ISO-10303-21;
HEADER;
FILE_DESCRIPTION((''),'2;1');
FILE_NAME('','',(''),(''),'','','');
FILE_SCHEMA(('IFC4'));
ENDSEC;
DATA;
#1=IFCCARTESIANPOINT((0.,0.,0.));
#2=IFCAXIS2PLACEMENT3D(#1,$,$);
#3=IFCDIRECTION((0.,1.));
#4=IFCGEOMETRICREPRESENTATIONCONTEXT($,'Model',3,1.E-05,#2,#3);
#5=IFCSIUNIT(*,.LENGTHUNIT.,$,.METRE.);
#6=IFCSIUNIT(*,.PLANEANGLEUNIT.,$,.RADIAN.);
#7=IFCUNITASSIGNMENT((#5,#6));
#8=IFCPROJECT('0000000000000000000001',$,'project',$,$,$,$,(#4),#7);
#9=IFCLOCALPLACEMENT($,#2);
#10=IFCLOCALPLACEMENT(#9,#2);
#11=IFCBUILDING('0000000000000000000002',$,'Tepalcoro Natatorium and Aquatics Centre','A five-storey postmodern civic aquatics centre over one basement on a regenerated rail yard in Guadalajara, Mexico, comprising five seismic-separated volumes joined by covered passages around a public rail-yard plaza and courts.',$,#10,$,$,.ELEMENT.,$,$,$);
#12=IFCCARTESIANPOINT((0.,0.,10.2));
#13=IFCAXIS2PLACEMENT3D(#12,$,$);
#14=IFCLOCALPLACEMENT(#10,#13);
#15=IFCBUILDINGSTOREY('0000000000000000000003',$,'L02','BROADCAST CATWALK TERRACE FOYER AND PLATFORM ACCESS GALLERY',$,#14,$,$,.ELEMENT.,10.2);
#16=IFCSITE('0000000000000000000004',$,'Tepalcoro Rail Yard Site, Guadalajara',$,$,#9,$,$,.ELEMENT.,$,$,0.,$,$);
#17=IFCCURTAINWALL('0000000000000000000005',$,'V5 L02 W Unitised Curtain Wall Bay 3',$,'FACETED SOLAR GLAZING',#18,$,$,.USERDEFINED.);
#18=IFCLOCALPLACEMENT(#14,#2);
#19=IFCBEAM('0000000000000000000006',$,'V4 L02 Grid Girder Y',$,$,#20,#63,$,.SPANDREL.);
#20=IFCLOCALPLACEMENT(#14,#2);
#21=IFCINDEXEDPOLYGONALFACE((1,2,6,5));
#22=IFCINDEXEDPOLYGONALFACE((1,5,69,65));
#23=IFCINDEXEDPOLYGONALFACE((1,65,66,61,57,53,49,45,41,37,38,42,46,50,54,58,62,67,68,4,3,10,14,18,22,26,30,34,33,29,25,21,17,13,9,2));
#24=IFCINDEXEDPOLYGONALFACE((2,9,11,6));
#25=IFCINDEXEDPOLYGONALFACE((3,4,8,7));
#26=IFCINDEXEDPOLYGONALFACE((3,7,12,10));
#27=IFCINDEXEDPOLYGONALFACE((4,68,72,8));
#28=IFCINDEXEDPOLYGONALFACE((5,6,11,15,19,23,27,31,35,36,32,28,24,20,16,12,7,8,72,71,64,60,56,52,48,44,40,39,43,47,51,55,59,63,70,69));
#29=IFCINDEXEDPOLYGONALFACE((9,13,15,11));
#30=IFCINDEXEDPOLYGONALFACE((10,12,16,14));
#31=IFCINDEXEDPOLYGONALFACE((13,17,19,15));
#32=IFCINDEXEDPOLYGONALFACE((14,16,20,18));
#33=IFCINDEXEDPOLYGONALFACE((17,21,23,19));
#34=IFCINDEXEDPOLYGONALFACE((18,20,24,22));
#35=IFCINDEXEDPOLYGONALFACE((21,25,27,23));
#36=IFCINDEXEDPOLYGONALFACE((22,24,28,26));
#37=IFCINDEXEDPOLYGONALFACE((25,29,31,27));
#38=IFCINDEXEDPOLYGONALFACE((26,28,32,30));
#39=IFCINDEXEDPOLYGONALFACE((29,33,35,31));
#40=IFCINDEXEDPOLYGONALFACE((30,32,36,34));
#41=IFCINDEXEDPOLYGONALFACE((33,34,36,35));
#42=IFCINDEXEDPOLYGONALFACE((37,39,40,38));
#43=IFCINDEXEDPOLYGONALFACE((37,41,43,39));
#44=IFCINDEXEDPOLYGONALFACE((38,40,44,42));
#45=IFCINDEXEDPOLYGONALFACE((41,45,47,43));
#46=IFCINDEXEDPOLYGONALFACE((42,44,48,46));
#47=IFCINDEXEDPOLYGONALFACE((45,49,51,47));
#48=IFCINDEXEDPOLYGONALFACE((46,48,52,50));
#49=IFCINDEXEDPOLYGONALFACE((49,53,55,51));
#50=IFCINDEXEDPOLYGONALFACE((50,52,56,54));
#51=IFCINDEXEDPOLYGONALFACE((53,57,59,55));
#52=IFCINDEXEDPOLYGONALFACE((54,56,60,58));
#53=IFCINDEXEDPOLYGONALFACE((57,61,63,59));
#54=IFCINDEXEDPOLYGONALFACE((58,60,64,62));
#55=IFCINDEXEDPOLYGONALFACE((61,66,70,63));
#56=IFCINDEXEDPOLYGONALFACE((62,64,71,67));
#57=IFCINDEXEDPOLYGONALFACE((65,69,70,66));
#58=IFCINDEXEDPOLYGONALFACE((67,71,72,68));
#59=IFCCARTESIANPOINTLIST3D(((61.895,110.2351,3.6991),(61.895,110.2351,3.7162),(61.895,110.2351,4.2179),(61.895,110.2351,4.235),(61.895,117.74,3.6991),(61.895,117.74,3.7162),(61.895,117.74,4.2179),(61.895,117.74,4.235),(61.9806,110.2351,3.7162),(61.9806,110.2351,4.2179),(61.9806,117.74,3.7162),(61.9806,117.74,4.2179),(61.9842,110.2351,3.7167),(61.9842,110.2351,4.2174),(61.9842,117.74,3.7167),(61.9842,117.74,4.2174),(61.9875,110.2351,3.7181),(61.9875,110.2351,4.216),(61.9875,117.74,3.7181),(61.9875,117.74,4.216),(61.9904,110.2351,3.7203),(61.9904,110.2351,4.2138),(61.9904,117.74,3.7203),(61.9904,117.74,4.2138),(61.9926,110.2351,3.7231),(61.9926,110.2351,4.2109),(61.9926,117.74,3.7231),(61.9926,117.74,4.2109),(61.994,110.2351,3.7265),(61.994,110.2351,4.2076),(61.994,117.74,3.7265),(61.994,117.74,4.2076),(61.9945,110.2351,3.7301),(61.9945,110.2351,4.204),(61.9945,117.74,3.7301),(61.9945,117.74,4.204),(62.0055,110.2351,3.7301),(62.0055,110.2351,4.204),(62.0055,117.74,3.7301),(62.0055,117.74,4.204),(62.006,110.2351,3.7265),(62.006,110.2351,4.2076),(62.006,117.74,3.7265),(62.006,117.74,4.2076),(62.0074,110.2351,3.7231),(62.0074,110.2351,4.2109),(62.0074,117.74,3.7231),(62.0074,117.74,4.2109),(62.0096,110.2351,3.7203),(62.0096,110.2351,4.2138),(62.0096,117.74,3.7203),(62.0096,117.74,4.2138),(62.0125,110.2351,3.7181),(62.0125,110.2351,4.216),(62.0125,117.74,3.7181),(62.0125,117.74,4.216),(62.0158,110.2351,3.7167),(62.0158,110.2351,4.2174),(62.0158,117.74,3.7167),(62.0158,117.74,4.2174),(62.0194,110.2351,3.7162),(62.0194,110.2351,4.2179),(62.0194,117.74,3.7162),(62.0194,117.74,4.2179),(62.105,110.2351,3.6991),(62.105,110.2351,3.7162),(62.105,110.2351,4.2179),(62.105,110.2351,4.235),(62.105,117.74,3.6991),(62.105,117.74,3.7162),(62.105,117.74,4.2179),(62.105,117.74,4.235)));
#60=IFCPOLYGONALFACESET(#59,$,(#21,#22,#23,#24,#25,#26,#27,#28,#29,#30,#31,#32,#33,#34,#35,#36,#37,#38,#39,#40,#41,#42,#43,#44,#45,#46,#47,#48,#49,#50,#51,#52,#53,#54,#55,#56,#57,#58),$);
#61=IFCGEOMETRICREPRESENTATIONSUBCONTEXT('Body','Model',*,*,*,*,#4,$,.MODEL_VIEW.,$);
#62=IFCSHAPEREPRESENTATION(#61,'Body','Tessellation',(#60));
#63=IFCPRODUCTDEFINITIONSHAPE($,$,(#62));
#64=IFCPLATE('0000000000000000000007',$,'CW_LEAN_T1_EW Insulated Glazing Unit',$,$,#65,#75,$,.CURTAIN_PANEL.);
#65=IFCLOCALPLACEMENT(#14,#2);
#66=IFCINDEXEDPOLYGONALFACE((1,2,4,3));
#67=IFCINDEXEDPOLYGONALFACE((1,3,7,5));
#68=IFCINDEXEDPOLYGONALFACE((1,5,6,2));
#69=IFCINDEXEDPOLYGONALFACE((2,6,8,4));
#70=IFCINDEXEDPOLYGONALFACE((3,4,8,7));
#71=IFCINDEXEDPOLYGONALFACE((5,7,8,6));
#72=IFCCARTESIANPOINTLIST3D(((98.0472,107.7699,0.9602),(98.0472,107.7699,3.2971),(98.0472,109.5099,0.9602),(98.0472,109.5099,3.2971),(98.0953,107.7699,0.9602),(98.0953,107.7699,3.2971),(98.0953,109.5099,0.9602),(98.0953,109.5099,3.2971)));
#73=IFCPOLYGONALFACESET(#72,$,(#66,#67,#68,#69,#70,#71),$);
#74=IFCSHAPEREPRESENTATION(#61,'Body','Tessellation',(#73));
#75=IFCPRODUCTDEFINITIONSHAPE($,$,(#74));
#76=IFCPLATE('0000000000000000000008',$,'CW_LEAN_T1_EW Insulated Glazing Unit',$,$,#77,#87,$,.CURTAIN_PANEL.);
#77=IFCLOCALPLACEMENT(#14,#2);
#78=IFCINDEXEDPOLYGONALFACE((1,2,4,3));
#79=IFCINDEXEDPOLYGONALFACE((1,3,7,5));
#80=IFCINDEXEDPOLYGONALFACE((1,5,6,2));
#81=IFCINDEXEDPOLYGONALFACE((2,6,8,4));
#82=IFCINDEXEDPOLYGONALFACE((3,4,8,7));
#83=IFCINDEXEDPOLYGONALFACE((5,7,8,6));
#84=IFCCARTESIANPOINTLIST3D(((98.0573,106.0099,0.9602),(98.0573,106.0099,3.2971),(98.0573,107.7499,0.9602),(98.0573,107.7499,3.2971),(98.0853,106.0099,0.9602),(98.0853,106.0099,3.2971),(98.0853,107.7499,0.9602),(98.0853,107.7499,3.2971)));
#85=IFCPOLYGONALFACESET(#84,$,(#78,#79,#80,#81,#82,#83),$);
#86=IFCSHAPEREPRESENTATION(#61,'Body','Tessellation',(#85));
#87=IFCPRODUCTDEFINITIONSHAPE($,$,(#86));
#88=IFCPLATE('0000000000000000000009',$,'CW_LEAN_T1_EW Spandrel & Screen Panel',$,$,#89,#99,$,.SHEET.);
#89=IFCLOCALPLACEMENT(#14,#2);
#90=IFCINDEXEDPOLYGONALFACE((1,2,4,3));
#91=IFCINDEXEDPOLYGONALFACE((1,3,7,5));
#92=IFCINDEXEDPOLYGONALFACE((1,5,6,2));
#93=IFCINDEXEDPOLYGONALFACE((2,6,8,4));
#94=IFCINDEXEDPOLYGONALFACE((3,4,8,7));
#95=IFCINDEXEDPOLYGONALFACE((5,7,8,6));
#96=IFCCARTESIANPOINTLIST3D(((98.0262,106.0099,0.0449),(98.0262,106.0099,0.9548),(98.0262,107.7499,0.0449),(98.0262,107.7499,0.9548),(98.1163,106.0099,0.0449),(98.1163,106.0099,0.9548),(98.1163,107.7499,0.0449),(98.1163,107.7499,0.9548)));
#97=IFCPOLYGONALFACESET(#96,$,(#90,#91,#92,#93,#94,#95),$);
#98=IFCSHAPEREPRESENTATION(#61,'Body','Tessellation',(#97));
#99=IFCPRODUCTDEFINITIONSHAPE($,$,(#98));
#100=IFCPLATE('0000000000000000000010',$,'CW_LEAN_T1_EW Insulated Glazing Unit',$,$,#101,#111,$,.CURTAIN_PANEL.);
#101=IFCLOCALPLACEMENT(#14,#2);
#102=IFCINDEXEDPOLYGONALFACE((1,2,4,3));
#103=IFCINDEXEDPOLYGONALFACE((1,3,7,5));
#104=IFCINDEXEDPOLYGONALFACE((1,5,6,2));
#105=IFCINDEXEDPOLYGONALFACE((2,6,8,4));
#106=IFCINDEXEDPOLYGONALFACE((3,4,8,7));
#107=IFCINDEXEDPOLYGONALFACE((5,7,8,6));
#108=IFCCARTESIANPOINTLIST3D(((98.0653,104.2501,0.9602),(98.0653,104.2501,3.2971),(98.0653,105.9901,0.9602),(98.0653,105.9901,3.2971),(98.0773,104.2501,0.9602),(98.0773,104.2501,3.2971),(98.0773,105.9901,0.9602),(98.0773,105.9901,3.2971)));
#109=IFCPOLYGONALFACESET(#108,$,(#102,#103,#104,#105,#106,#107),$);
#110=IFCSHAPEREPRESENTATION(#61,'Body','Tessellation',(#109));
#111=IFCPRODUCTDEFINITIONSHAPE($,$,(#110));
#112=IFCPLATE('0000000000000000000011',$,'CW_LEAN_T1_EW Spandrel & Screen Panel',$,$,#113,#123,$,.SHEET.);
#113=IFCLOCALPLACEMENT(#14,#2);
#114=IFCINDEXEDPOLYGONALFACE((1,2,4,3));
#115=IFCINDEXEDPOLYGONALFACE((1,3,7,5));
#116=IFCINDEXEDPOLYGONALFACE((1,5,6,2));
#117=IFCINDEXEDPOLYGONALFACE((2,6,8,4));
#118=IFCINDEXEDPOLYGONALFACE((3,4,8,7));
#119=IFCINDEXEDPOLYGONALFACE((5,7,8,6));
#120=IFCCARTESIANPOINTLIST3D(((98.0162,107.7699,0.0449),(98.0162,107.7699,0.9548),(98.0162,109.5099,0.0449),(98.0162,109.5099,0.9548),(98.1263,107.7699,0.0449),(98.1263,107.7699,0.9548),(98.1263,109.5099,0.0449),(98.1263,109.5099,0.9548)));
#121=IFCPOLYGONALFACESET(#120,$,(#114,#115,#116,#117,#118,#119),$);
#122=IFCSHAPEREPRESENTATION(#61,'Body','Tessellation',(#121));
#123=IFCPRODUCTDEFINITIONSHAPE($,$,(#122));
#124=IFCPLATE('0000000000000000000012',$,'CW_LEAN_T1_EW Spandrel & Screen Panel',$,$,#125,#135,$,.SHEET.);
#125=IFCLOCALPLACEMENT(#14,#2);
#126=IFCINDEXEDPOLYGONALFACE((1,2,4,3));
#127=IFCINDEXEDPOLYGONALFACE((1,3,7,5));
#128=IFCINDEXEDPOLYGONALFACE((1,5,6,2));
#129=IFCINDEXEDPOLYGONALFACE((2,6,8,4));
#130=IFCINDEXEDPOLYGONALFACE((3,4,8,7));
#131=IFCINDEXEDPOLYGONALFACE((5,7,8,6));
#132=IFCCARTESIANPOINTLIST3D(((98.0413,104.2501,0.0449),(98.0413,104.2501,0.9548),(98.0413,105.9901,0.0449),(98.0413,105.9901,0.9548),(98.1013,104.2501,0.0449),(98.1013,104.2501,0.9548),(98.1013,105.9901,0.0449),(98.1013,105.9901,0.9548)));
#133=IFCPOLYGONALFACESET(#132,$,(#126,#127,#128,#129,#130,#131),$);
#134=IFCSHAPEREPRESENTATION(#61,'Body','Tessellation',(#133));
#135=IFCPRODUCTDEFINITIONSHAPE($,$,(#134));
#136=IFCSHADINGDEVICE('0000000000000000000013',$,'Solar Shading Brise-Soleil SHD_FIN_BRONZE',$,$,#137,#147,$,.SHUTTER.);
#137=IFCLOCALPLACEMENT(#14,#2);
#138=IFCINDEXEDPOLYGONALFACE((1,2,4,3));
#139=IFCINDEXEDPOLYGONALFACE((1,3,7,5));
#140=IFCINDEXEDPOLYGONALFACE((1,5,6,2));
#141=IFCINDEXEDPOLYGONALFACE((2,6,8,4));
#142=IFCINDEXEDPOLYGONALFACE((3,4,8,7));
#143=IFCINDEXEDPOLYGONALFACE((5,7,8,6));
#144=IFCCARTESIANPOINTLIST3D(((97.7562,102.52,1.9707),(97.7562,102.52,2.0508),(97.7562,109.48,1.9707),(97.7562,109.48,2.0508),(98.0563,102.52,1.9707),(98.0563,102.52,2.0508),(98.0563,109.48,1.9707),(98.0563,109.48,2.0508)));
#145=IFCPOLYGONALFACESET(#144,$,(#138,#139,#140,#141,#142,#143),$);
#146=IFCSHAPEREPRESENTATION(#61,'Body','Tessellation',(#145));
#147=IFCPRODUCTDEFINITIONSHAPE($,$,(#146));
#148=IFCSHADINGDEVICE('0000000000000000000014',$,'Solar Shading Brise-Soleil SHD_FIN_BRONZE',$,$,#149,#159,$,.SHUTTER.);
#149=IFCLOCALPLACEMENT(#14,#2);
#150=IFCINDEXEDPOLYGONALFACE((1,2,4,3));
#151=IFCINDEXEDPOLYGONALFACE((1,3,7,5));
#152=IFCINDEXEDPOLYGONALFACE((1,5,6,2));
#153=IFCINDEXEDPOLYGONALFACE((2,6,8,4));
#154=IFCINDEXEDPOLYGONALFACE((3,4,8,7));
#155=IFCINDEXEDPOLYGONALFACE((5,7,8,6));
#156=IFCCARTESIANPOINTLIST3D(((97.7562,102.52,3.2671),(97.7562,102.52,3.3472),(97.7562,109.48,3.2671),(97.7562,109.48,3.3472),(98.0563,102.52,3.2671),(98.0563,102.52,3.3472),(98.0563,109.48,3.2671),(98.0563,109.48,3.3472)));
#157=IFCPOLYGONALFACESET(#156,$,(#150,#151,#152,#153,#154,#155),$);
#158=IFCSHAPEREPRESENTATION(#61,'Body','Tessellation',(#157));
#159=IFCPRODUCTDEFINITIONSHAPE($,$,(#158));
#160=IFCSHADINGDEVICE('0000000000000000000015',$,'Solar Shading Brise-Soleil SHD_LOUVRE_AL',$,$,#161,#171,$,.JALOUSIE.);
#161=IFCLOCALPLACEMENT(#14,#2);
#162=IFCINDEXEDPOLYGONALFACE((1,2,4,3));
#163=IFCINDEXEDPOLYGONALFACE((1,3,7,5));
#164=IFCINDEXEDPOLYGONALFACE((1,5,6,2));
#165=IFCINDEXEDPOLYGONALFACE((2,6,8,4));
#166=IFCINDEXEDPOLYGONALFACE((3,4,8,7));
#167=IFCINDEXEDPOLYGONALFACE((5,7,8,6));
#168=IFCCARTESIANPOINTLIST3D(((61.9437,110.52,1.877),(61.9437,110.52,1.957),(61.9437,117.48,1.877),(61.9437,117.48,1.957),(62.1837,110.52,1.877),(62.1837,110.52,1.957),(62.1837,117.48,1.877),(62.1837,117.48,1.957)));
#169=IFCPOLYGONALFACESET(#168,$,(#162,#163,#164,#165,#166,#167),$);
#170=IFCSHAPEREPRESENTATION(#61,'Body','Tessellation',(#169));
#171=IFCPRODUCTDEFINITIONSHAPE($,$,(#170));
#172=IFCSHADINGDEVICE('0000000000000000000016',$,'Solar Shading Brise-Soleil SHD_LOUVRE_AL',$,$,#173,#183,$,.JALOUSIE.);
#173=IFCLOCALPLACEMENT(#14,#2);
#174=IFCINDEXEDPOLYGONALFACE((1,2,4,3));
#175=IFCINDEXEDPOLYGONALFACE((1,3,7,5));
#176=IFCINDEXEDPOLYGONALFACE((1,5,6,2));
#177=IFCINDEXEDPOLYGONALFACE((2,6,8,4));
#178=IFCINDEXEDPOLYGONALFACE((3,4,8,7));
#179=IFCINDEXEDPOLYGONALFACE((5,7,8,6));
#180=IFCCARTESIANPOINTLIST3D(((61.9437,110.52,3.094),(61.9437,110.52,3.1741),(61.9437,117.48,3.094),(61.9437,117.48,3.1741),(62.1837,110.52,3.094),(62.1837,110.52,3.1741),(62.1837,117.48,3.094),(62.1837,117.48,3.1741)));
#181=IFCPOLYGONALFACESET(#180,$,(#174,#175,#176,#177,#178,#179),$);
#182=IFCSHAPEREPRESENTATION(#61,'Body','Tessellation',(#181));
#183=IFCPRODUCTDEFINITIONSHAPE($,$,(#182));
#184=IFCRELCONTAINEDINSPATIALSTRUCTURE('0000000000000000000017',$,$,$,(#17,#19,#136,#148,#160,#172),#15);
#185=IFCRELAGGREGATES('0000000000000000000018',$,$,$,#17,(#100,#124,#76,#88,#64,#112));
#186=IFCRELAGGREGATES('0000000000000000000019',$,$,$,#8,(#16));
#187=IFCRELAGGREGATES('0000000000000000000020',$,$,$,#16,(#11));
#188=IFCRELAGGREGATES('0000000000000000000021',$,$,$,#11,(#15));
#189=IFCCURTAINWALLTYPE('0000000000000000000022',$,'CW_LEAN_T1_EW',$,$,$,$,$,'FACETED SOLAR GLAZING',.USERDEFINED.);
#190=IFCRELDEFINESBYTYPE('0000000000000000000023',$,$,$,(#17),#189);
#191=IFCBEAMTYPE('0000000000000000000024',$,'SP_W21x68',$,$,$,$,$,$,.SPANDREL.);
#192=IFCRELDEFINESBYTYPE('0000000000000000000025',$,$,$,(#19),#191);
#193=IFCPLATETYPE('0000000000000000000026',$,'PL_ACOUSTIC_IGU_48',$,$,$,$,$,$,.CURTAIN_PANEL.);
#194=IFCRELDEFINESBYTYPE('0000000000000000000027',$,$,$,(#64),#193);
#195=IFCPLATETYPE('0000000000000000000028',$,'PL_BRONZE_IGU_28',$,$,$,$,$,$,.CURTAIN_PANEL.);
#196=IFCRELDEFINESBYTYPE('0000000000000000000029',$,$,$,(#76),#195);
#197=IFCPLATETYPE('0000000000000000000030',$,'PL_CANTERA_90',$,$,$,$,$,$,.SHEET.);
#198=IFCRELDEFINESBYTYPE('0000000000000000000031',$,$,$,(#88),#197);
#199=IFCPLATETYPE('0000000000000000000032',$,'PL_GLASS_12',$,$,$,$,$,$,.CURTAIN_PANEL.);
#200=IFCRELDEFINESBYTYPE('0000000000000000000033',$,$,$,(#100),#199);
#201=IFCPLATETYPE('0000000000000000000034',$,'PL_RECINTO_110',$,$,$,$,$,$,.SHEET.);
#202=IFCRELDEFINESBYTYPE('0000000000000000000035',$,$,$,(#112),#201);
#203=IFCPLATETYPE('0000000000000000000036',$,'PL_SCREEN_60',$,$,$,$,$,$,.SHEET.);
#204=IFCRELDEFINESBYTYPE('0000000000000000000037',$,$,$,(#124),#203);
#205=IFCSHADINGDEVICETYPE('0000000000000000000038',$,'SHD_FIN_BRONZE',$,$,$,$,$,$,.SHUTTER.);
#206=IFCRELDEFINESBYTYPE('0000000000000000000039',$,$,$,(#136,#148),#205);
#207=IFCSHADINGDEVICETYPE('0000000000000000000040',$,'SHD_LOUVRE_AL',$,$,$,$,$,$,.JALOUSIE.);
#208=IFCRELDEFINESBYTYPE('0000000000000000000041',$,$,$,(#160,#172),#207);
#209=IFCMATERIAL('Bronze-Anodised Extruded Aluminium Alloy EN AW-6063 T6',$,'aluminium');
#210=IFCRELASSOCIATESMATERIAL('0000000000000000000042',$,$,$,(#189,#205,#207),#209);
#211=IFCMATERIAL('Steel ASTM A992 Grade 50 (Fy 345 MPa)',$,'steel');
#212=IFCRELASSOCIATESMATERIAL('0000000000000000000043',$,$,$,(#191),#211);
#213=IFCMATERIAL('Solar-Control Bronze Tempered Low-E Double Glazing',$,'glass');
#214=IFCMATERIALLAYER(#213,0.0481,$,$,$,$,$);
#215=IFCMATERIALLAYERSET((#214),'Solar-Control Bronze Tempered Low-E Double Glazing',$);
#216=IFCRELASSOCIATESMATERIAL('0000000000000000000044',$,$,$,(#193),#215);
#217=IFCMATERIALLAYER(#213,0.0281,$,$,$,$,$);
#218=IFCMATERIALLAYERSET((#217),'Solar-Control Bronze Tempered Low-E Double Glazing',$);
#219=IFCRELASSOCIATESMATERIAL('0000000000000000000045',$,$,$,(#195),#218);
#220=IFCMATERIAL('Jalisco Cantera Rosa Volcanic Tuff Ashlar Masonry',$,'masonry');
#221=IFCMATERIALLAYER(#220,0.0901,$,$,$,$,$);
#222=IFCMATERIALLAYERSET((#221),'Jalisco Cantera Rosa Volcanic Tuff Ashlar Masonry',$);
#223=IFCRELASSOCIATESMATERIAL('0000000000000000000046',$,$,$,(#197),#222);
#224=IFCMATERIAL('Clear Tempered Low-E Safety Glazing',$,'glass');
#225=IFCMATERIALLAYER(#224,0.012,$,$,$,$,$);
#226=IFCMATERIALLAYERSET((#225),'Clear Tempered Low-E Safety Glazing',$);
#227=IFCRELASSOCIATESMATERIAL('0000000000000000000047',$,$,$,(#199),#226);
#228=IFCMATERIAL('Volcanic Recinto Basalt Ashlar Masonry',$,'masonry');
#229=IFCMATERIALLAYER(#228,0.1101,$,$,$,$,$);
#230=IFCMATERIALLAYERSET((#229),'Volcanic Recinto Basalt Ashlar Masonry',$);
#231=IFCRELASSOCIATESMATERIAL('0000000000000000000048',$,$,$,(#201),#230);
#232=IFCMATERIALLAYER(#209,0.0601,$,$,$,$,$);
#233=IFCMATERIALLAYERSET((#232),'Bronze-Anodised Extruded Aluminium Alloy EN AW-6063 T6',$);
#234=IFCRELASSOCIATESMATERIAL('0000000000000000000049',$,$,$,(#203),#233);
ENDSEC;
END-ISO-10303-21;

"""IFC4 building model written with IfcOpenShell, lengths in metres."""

from ifc_helpers import new_model, si_unit, direction, frame, origin, origin_2d, place, context, subcontext, project, spatial, rectangle, i_section, extrude, material, layer, layer_set, material_profile, profile_set, type_object, element, aggregate, save


model = new_model("IFC4")

# Units and contexts
model_context = context("Model", 3, precision=1e-05, world=origin(), true_north=direction((0.0, 1.0)))
body_context = subcontext(model_context, "Body", "Model", "MODEL_VIEW")
ifc_project = project(units=[si_unit("LENGTHUNIT", "METRE"), si_unit("PLANEANGLEUNIT", "RADIAN")], contexts=[model_context])

# Site, building, storey
site_placement = place(None, origin())
site = spatial("IfcSite", under=ifc_project, at=site_placement, Name="Tepalcoro Rail Yard Site, Guadalajara", CompositionType="ELEMENT", RefElevation=0.0)
building_placement = place(site_placement, origin())
building = spatial("IfcBuilding", under=site, at=building_placement, Name="Tepalcoro Natatorium and Aquatics Centre", Description="A five-storey postmodern civic aquatics centre over one basement on a regenerated rail yard in Guadalajara, Mexico, comprising five seismic-separated volumes joined by covered passages around a public rail-yard plaza and courts.", CompositionType="ELEMENT")
storey_placement = place(building_placement, frame((0.0, 0.0, 10.2)))
storey = spatial("IfcBuildingStorey", under=building, at=storey_placement, Name="L02", Description="BROADCAST CATWALK TERRACE FOYER AND PLATFORM ACCESS GALLERY", CompositionType="ELEMENT", Elevation=10.2)

# Curtain wall
ifc_material_1 = material(Name="Bronze-Anodised Extruded Aluminium Alloy EN AW-6063 T6", Category="aluminium")
curtain_wall_type = type_object("IfcCurtainWallType", Name="CW_LEAN_T1_EW", ElementType="FACETED SOLAR GLAZING", PredefinedType="USERDEFINED", material=ifc_material_1)
curtain_wall_placement = place(storey_placement, origin())
curtain_wall = element("IfcCurtainWall", 1, at=curtain_wall_placement, inside=storey, type_object=curtain_wall_type, Name="V5 L02 W Unitised Curtain Wall Bay 3", ObjectType="FACETED SOLAR GLAZING", PredefinedType="USERDEFINED")

# Beam
ifc_material_2 = material(Name="Steel ASTM A992 Grade 50 (Fy 345 MPa)", Category="steel")
ifc_material_profile_1 = material_profile(ifc_material_2, i_section(OverallWidth=0.21, OverallDepth=0.5359, WebThickness=0.011, FlangeThickness=0.0171, FilletRadius=0.0139, at=origin_2d()), Name="W21X68")
ifc_profile_set_1 = profile_set([ifc_material_profile_1], Name="Steel ASTM A992 Grade 50 (Fy 345 MPa)")
beam_type_1 = type_object("IfcBeamType", Name="SP_W21x68", PredefinedType="SPANDREL", material=ifc_profile_set_1)
beam_1_placement = place(storey_placement, frame((62.0, 110.2351, 3.967), z_axis=(0.0, 1.0, 0.0), x_axis=(-1.0, 0.0, 0.0)))
element("IfcBeam", 2, at=beam_1_placement, inside=storey, type_object=beam_type_1, Name="V4 L02 Grid Girder Y", PredefinedType="SPANDREL", context=body_context, shape_type="SweptSolid", body=[
    extrude(i_section(OverallWidth=0.21, OverallDepth=0.5359, WebThickness=0.011, FlangeThickness=0.0171, FilletRadius=0.0139, at=origin_2d()), origin(), (0.0, 0.0, 1.0), 7.5049),
])

# Plates
ifc_material_3 = material(Name="Solar-Control Bronze Tempered Low-E Double Glazing", Category="glass")
ifc_layer_1 = layer(ifc_material_3, 0.0481)
ifc_layer_set_1 = layer_set([ifc_layer_1], Name="Solar-Control Bronze Tempered Low-E Double Glazing")
plate_type_1 = type_object("IfcPlateType", Name="PL_ACOUSTIC_IGU_48", PredefinedType="CURTAIN_PANEL", material=ifc_layer_set_1)
plate_1_placement = place(storey_placement, frame((98.0713, 108.6399, 0.9602), z_axis=(0.0, 0.0, 1.0), x_axis=(1.0, 0.0, 0.0)))
plate_1 = element("IfcPlate", 3, at=plate_1_placement, type_object=plate_type_1, Name="CW_LEAN_T1_EW Insulated Glazing Unit", PredefinedType="CURTAIN_PANEL", context=body_context, shape_type="SweptSolid", body=[
    extrude(rectangle(XDim=0.0481, YDim=1.74, at=origin_2d()), origin(), (0.0, 0.0, 1.0), 2.3369),
])
ifc_layer_2 = layer(ifc_material_3, 0.0281)
ifc_layer_set_2 = layer_set([ifc_layer_2], Name="Solar-Control Bronze Tempered Low-E Double Glazing")
plate_type_2 = type_object("IfcPlateType", Name="PL_BRONZE_IGU_28", PredefinedType="CURTAIN_PANEL", material=ifc_layer_set_2)
plate_2_placement = place(storey_placement, frame((98.0713, 106.8799, 0.9602), z_axis=(0.0, 0.0, 1.0), x_axis=(1.0, 0.0, 0.0)))
plate_2 = element("IfcPlate", 4, at=plate_2_placement, type_object=plate_type_2, Name="CW_LEAN_T1_EW Insulated Glazing Unit", PredefinedType="CURTAIN_PANEL", context=body_context, shape_type="SweptSolid", body=[
    extrude(rectangle(XDim=0.0281, YDim=1.74, at=origin_2d()), origin(), (0.0, 0.0, 1.0), 2.3369),
])
ifc_material_4 = material(Name="Jalisco Cantera Rosa Volcanic Tuff Ashlar Masonry", Category="masonry")
ifc_layer_3 = layer(ifc_material_4, 0.0901)
ifc_layer_set_3 = layer_set([ifc_layer_3], Name="Jalisco Cantera Rosa Volcanic Tuff Ashlar Masonry")
plate_type_3 = type_object("IfcPlateType", Name="PL_CANTERA_90", PredefinedType="SHEET", material=ifc_layer_set_3)
plate_3_placement = place(storey_placement, frame((98.0713, 106.8799, 0.0449), z_axis=(0.0, 0.0, 1.0), x_axis=(1.0, 0.0, 0.0)))
plate_3 = element("IfcPlate", 5, at=plate_3_placement, type_object=plate_type_3, Name="CW_LEAN_T1_EW Spandrel & Screen Panel", PredefinedType="SHEET", context=body_context, shape_type="SweptSolid", body=[
    extrude(rectangle(XDim=0.0901, YDim=1.74, at=origin_2d()), origin(), (0.0, 0.0, 1.0), 0.9099),
])
ifc_material_5 = material(Name="Clear Tempered Low-E Safety Glazing", Category="glass")
ifc_layer_4 = layer(ifc_material_5, 0.012)
ifc_layer_set_4 = layer_set([ifc_layer_4], Name="Clear Tempered Low-E Safety Glazing")
plate_type_4 = type_object("IfcPlateType", Name="PL_GLASS_12", PredefinedType="CURTAIN_PANEL", material=ifc_layer_set_4)
plate_4_placement = place(storey_placement, frame((98.0713, 105.1201, 0.9602), z_axis=(0.0, 0.0, 1.0), x_axis=(1.0, 0.0, 0.0)))
plate_4 = element("IfcPlate", 6, at=plate_4_placement, type_object=plate_type_4, Name="CW_LEAN_T1_EW Insulated Glazing Unit", PredefinedType="CURTAIN_PANEL", context=body_context, shape_type="SweptSolid", body=[
    extrude(rectangle(XDim=0.012, YDim=1.74, at=origin_2d()), origin(), (0.0, 0.0, 1.0), 2.3369),
])
ifc_material_6 = material(Name="Volcanic Recinto Basalt Ashlar Masonry", Category="masonry")
ifc_layer_5 = layer(ifc_material_6, 0.1101)
ifc_layer_set_5 = layer_set([ifc_layer_5], Name="Volcanic Recinto Basalt Ashlar Masonry")
plate_type_5 = type_object("IfcPlateType", Name="PL_RECINTO_110", PredefinedType="SHEET", material=ifc_layer_set_5)
plate_5_placement = place(storey_placement, frame((98.0713, 108.6399, 0.0449), z_axis=(0.0, 0.0, 1.0), x_axis=(1.0, 0.0, 0.0)))
plate_5 = element("IfcPlate", 7, at=plate_5_placement, type_object=plate_type_5, Name="CW_LEAN_T1_EW Spandrel & Screen Panel", PredefinedType="SHEET", context=body_context, shape_type="SweptSolid", body=[
    extrude(rectangle(XDim=0.1101, YDim=1.74, at=origin_2d()), origin(), (0.0, 0.0, 1.0), 0.9099),
])
ifc_layer_6 = layer(ifc_material_1, 0.0601)
ifc_layer_set_6 = layer_set([ifc_layer_6], Name="Bronze-Anodised Extruded Aluminium Alloy EN AW-6063 T6")
plate_type_6 = type_object("IfcPlateType", Name="PL_SCREEN_60", PredefinedType="SHEET", material=ifc_layer_set_6)
plate_6_placement = place(storey_placement, frame((98.0713, 105.1201, 0.0449), z_axis=(0.0, 0.0, 1.0), x_axis=(1.0, 0.0, 0.0)))
plate_6 = element("IfcPlate", 8, at=plate_6_placement, type_object=plate_type_6, Name="CW_LEAN_T1_EW Spandrel & Screen Panel", PredefinedType="SHEET", context=body_context, shape_type="SweptSolid", body=[
    extrude(rectangle(XDim=0.0601, YDim=1.74, at=origin_2d()), origin(), (0.0, 0.0, 1.0), 0.9099),
])
aggregate(curtain_wall, [plate_4, plate_6, plate_2, plate_3, plate_1, plate_5])

# Shading devices
shading_device_type_1 = type_object("IfcShadingDeviceType", Name="SHD_FIN_BRONZE", PredefinedType="SHUTTER", material=ifc_material_1)
for number, where, z_axis, x_axis, name in (
    (9, (97.9062, 106.0, 1.9707), (0.0, 0.0, 1.0), (1.0, 0.0, 0.0), "Solar Shading Brise-Soleil SHD_FIN_BRONZE"),
    (10, (97.9062, 106.0, 3.2671), (0.0, 0.0, 1.0), (1.0, 0.0, 0.0), "Solar Shading Brise-Soleil SHD_FIN_BRONZE"),
):
    element("IfcShadingDevice", number, at=place(storey_placement, frame(where, z_axis=z_axis, x_axis=x_axis)), inside=storey, type_object=shading_device_type_1, Name=name, PredefinedType="SHUTTER", context=body_context, shape_type="SweptSolid", body=[
        extrude(rectangle(XDim=0.3, YDim=6.96, at=origin_2d()), origin(), (0.0, 0.0, 1.0), 0.0801),
    ])
shading_device_type_2 = type_object("IfcShadingDeviceType", Name="SHD_LOUVRE_AL", PredefinedType="JALOUSIE", material=ifc_material_1)
for number, where, z_axis, x_axis, name in (
    (11, (62.0637, 114.0, 1.877), (0.0, 0.0, 1.0), (1.0, 0.0, 0.0), "Solar Shading Brise-Soleil SHD_LOUVRE_AL"),
    (12, (62.0637, 114.0, 3.094), (0.0, 0.0, 1.0), (1.0, 0.0, 0.0), "Solar Shading Brise-Soleil SHD_LOUVRE_AL"),
):
    element("IfcShadingDevice", number, at=place(storey_placement, frame(where, z_axis=z_axis, x_axis=x_axis)), inside=storey, type_object=shading_device_type_2, Name=name, PredefinedType="JALOUSIE", context=body_context, shape_type="SweptSolid", body=[
        extrude(rectangle(XDim=0.24, YDim=6.96, at=origin_2d()), origin(), (0.0, 0.0, 1.0), 0.0801),
    ])

save(model, "model.ifc")
